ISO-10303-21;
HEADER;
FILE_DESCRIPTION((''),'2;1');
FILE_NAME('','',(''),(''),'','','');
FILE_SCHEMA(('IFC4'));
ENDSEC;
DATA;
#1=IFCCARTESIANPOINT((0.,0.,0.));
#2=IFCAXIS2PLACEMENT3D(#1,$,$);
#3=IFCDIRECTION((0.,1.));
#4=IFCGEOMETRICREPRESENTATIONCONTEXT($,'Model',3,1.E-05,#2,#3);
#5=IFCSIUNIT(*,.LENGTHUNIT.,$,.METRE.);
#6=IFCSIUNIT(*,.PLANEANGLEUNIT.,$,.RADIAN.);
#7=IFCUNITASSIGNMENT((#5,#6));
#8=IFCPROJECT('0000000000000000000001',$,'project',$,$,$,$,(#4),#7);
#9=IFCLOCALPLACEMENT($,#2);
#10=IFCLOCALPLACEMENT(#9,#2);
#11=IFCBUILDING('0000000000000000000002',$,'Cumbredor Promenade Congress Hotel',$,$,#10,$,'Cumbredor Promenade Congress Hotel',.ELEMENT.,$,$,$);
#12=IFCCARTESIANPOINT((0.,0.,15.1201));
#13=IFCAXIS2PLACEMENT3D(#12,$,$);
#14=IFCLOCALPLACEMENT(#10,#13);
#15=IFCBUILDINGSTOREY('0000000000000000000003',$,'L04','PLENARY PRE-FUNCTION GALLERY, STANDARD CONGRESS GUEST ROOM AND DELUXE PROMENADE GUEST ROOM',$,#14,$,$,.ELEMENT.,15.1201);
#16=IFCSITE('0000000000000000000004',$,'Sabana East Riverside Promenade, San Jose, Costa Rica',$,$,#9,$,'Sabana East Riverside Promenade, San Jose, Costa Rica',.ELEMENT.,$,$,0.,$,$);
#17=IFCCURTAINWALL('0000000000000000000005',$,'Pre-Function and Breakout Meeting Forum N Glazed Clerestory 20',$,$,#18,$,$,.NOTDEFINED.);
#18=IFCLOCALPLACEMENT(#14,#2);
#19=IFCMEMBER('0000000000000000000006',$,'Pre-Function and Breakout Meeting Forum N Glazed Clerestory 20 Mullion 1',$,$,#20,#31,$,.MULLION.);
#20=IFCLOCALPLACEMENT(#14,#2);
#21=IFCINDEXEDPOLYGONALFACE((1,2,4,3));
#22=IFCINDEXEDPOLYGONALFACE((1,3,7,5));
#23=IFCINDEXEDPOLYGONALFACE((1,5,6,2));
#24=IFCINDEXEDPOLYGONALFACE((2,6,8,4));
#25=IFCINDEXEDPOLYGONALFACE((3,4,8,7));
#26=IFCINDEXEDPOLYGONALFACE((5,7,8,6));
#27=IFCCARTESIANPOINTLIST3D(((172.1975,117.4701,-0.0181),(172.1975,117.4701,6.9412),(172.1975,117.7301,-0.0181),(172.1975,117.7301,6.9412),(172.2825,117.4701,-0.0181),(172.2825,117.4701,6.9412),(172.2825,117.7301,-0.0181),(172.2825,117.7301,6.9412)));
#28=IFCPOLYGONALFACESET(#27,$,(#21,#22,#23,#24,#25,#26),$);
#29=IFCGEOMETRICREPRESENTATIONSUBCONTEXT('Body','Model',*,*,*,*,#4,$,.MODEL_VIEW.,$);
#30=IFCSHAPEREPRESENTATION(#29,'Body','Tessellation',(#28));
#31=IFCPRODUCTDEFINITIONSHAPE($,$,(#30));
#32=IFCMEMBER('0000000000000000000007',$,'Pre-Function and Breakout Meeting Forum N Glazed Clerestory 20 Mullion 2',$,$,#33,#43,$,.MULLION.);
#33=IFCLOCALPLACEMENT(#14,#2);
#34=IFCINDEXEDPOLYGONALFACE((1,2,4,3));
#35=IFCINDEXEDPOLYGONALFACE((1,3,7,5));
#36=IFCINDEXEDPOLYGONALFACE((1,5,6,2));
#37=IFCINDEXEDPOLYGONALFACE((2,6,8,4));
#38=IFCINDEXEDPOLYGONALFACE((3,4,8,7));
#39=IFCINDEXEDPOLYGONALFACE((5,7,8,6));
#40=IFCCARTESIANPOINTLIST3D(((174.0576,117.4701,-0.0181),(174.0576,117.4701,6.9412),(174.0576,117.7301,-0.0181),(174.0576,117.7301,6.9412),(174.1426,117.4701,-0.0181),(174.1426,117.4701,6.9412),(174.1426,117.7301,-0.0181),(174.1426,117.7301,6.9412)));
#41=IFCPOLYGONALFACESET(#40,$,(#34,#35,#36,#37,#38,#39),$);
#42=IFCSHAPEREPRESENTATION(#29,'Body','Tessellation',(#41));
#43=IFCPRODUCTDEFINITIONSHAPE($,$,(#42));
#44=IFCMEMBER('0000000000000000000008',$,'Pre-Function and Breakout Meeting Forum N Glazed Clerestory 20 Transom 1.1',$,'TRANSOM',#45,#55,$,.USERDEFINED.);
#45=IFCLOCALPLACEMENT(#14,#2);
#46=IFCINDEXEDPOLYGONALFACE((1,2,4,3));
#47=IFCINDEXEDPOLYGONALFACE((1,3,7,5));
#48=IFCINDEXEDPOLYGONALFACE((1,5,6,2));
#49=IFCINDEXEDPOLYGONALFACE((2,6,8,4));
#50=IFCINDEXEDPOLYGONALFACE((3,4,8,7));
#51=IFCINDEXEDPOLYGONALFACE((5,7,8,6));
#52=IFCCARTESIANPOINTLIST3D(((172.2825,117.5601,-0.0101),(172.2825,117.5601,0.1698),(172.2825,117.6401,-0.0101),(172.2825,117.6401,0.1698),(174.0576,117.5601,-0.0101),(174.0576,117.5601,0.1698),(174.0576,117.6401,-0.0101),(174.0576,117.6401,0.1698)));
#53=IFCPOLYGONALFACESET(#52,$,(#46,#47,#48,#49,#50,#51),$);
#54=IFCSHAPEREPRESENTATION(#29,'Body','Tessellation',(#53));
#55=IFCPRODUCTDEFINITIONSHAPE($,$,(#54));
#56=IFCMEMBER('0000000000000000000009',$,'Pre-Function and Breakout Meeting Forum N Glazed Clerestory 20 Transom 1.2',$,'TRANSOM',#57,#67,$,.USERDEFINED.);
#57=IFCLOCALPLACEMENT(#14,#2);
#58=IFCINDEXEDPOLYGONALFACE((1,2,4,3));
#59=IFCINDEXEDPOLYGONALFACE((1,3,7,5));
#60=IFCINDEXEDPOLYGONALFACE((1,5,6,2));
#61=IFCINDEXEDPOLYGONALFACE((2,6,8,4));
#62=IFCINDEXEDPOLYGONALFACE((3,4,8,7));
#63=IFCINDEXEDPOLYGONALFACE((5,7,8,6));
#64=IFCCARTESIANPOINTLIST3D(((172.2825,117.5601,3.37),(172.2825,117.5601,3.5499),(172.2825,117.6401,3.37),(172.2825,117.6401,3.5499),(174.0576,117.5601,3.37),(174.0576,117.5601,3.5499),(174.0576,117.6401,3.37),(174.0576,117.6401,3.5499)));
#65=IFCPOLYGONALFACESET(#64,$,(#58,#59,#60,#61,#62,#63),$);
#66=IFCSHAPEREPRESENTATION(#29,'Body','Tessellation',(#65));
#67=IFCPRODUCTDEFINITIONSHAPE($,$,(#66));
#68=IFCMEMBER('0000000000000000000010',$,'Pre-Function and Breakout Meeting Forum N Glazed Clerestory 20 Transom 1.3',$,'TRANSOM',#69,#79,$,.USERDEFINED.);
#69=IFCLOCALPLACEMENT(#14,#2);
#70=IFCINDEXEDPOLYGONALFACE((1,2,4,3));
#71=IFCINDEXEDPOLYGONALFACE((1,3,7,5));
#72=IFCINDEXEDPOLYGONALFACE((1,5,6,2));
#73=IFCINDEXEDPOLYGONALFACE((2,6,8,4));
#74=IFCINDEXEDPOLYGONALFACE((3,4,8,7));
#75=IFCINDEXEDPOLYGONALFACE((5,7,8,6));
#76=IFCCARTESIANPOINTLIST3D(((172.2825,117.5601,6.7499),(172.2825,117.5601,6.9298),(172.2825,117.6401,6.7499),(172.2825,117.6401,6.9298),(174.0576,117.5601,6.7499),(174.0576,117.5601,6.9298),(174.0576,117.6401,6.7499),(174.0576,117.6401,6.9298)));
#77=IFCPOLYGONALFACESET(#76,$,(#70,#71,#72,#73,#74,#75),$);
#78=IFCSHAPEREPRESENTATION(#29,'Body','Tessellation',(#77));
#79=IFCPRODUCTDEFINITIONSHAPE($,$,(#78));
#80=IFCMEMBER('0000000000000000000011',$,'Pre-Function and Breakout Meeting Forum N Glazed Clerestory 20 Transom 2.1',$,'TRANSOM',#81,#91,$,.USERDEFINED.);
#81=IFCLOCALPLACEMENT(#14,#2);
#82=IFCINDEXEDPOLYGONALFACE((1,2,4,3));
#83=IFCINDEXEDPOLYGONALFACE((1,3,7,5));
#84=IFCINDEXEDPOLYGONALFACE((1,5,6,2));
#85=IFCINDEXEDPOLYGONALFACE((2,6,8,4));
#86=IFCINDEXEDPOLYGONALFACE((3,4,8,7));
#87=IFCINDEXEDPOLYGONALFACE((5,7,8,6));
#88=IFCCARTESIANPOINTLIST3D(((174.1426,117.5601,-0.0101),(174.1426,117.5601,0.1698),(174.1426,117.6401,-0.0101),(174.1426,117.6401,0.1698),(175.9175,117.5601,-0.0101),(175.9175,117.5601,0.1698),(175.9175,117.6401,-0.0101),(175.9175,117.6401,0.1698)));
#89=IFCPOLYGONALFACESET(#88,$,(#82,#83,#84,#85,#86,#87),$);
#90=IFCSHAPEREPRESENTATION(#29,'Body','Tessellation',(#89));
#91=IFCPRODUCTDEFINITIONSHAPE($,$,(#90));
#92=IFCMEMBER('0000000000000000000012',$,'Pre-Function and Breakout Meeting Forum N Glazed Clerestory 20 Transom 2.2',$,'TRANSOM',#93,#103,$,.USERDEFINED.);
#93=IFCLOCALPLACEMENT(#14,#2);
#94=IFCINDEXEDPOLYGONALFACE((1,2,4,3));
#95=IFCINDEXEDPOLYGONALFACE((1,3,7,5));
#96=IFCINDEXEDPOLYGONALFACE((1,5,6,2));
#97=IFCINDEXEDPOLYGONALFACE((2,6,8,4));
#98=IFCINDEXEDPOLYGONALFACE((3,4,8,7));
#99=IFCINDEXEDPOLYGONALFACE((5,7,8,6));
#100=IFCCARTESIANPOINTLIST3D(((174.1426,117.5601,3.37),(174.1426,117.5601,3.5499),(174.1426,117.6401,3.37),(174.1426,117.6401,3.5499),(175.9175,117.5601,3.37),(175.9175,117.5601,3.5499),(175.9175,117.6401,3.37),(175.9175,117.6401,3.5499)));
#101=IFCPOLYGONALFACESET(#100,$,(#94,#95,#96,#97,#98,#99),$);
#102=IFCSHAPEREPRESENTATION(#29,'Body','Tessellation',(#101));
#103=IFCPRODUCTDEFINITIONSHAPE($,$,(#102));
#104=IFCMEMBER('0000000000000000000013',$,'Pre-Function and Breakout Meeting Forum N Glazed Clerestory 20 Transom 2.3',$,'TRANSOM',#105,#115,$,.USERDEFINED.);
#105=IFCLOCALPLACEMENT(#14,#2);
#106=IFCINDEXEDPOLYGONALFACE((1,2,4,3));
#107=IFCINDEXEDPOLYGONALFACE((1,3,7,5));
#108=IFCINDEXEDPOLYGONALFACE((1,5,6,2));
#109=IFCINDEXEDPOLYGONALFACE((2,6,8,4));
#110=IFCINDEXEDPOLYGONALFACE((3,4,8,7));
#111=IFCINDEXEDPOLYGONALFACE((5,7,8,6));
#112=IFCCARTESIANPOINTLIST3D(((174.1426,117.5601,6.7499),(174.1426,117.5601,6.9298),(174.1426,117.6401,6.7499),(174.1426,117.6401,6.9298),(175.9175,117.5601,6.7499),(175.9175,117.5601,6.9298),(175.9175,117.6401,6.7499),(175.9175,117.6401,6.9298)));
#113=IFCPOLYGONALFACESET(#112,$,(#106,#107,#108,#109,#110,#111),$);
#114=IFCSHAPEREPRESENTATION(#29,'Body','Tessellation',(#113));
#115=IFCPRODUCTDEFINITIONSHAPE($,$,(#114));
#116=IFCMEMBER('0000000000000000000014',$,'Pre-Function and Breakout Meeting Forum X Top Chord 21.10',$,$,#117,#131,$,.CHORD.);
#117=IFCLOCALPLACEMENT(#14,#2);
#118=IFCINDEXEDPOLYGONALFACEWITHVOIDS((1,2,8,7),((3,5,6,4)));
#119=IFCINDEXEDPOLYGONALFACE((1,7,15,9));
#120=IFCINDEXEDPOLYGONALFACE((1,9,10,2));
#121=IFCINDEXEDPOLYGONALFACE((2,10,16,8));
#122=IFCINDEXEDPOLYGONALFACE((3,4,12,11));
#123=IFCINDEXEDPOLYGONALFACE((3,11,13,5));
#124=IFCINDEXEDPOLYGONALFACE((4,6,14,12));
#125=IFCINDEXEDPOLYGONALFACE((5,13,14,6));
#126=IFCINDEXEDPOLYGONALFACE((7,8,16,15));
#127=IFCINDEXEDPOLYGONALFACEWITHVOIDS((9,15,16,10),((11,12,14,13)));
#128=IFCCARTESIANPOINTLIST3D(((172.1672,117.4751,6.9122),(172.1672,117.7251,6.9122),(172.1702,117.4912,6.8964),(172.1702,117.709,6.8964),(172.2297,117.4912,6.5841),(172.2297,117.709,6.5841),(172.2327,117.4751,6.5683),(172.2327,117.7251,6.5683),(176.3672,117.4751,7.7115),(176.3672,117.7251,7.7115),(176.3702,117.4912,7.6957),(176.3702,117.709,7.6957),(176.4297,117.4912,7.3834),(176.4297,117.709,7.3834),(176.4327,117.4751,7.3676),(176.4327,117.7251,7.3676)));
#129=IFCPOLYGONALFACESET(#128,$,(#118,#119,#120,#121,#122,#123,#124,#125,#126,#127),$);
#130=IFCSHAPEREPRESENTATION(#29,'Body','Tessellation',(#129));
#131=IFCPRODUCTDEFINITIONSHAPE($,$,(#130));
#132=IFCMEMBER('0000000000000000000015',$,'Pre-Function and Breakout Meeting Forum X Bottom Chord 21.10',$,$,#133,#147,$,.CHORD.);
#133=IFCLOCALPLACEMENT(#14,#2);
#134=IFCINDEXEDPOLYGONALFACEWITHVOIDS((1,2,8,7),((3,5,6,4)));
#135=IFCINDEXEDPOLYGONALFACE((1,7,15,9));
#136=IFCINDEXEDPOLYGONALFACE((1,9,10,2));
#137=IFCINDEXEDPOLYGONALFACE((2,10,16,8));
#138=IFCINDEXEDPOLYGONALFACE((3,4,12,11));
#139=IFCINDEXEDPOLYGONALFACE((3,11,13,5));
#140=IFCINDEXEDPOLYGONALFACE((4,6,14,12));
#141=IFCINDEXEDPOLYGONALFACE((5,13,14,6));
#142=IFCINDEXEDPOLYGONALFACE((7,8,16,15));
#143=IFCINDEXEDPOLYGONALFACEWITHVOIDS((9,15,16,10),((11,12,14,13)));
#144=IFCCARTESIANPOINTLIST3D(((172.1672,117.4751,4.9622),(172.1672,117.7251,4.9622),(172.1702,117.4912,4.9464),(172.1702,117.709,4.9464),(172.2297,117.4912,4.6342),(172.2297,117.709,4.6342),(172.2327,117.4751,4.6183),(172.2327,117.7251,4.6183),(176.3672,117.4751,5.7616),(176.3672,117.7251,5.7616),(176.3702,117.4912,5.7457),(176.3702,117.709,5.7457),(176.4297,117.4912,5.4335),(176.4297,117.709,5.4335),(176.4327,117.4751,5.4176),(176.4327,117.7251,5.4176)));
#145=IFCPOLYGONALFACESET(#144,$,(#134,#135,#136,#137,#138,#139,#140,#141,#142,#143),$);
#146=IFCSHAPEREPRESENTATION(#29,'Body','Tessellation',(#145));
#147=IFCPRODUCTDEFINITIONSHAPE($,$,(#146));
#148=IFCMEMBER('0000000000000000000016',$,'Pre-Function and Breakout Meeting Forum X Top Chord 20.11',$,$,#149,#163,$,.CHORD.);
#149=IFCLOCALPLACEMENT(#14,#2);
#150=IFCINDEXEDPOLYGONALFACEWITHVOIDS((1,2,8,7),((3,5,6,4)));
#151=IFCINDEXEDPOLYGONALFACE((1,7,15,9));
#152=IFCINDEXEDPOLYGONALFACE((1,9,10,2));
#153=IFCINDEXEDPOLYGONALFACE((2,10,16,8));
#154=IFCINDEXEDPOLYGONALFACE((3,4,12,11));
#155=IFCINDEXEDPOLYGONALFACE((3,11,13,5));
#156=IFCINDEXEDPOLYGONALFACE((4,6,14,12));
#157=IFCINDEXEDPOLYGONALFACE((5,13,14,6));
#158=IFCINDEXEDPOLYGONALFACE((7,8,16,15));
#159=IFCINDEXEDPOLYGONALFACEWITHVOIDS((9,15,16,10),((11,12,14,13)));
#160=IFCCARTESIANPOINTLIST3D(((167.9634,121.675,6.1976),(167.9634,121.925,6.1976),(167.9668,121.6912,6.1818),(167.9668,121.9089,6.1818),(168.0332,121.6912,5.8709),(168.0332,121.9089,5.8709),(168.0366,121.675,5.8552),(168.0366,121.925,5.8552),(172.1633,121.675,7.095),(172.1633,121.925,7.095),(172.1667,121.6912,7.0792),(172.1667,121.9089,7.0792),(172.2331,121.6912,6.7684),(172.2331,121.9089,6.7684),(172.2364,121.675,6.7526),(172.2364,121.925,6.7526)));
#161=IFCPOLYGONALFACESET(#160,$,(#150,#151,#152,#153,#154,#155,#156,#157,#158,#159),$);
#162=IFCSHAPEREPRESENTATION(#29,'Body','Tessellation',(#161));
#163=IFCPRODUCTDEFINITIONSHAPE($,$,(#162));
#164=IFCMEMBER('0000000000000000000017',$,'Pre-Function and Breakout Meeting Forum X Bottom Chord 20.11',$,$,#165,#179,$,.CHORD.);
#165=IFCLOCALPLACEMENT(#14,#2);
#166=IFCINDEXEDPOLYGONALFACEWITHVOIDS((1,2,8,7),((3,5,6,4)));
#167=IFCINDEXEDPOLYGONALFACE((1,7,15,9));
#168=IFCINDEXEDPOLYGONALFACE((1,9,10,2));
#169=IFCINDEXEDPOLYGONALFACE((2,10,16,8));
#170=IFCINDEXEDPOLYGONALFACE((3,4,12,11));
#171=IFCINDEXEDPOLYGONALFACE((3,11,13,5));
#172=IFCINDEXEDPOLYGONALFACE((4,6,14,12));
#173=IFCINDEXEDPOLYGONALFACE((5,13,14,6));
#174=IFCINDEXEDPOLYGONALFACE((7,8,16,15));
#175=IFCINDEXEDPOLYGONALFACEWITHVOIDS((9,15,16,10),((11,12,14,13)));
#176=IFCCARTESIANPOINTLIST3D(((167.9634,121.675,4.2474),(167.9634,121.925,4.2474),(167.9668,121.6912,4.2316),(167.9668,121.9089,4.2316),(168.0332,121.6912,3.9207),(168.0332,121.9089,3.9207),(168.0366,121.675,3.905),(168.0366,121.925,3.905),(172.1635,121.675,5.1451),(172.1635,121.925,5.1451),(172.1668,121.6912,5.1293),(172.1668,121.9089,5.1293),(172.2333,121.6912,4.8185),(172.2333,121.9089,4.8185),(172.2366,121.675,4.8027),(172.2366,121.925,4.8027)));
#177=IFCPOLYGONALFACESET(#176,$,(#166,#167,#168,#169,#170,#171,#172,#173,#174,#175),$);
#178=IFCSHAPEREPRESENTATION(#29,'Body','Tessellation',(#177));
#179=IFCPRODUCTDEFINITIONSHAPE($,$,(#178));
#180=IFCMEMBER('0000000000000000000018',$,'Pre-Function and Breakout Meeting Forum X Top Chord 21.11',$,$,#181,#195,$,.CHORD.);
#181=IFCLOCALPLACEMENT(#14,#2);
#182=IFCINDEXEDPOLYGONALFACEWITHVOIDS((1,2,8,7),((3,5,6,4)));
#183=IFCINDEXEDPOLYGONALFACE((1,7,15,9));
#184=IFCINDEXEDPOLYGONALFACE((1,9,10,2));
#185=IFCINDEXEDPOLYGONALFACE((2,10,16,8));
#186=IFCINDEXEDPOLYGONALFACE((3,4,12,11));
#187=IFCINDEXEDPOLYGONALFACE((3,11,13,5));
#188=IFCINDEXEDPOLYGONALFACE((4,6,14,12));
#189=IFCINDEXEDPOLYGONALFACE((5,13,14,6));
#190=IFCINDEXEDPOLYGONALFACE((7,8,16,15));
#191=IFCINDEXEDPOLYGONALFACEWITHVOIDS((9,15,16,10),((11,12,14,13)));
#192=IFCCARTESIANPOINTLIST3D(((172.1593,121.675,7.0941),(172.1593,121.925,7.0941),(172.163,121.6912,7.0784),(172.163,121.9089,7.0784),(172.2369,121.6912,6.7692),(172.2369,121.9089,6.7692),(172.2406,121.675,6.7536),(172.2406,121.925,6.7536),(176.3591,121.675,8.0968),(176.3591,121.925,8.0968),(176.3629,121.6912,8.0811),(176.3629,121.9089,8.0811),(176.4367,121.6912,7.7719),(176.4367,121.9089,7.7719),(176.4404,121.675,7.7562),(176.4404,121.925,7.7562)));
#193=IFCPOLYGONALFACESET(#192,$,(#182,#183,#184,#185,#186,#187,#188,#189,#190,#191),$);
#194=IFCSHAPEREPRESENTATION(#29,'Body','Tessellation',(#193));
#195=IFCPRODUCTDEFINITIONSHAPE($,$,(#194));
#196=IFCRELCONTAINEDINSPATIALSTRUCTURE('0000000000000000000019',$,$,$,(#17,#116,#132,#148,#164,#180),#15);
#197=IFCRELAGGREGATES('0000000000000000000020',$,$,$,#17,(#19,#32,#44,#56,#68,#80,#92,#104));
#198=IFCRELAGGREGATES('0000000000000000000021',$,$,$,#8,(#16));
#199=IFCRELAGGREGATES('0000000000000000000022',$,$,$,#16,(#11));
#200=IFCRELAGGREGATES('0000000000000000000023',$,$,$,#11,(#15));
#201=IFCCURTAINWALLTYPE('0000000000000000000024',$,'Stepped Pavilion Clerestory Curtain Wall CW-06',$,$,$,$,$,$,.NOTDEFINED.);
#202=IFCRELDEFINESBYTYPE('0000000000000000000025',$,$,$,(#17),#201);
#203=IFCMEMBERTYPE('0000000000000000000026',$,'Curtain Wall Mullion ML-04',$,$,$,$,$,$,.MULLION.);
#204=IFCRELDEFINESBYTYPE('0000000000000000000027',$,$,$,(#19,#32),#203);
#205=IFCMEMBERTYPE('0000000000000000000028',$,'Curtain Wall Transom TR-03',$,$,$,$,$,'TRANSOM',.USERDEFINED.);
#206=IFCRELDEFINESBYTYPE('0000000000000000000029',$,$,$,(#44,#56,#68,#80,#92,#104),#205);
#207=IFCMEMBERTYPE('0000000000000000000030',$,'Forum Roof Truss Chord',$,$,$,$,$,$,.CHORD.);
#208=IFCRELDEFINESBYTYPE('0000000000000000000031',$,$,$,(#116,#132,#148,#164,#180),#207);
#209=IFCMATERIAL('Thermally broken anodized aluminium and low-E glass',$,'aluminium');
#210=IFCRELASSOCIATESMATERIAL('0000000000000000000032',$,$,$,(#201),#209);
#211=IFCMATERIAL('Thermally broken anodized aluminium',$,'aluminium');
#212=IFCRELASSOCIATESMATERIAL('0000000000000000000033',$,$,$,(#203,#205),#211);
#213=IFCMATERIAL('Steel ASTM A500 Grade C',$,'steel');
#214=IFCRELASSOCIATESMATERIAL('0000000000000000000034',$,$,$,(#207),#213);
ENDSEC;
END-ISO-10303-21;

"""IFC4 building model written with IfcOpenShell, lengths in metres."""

from ifc_helpers import new_model, si_unit, direction, frame, origin, origin_2d, place, context, subcontext, project, spatial, rectangle, hollow_rectangle, extrude, material, material_profile, profile_set, type_object, element, aggregate, save


model = new_model("IFC4")

# Units and contexts
model_context = context("Model", 3, precision=1e-05, world=origin(), true_north=direction((0.0, 1.0)))
body_context = subcontext(model_context, "Body", "Model", "MODEL_VIEW")
ifc_project = project(units=[si_unit("LENGTHUNIT", "METRE"), si_unit("PLANEANGLEUNIT", "RADIAN")], contexts=[model_context])

# Site, building, storey
site_placement = place(None, origin())
site = spatial("IfcSite", under=ifc_project, at=site_placement, Name="Sabana East Riverside Promenade, San Jose, Costa Rica", LongName="Sabana East Riverside Promenade, San Jose, Costa Rica", CompositionType="ELEMENT", RefElevation=0.0)
building_placement = place(site_placement, origin())
building = spatial("IfcBuilding", under=site, at=building_placement, Name="Cumbredor Promenade Congress Hotel", LongName="Cumbredor Promenade Congress Hotel", CompositionType="ELEMENT")
storey_placement = place(building_placement, frame((0.0, 0.0, 15.1201)))
storey = spatial("IfcBuildingStorey", under=building, at=storey_placement, Name="L04", Description="PLENARY PRE-FUNCTION GALLERY, STANDARD CONGRESS GUEST ROOM AND DELUXE PROMENADE GUEST ROOM", CompositionType="ELEMENT", Elevation=15.1201)

# Curtain wall, members
ifc_material_1 = material(Name="Thermally broken anodized aluminium and low-E glass", Category="aluminium")
curtain_wall_type = type_object("IfcCurtainWallType", Name="Stepped Pavilion Clerestory Curtain Wall CW-06", PredefinedType="NOTDEFINED", material=ifc_material_1)
curtain_wall_placement = place(storey_placement, origin())
curtain_wall = element("IfcCurtainWall", 1, at=curtain_wall_placement, inside=storey, type_object=curtain_wall_type, Name="Pre-Function and Breakout Meeting Forum N Glazed Clerestory 20", PredefinedType="NOTDEFINED")
ifc_material_2 = material(Name="Thermally broken anodized aluminium", Category="aluminium")
ifc_material_profile_1 = material_profile(ifc_material_2, rectangle(XDim=0.085, YDim=0.26, at=origin_2d()), Name="ALU MULLION CLERESTORY 85x260")
ifc_profile_set_1 = profile_set([ifc_material_profile_1], Name="Thermally broken anodized aluminium")
member_type_1 = type_object("IfcMemberType", Name="Curtain Wall Mullion ML-04", PredefinedType="MULLION", material=ifc_profile_set_1)
member_1_placement = place(storey_placement, frame((172.24, 117.6001, -0.0181), z_axis=(0.0, 0.0, 1.0), x_axis=(1.0, 0.0, 0.0)))
member_1 = element("IfcMember", 2, at=member_1_placement, type_object=member_type_1, Name="Pre-Function and Breakout Meeting Forum N Glazed Clerestory 20 Mullion 1", PredefinedType="MULLION", context=body_context, shape_type="SweptSolid", body=[
    extrude(rectangle(XDim=0.085, YDim=0.26, at=origin_2d()), origin(), (0.0, 0.0, 1.0), 6.9592),
])
member_2_placement = place(storey_placement, frame((174.1001, 117.6001, -0.0181), z_axis=(0.0, 0.0, 1.0), x_axis=(1.0, 0.0, 0.0)))
member_2 = element("IfcMember", 3, at=member_2_placement, type_object=member_type_1, Name="Pre-Function and Breakout Meeting Forum N Glazed Clerestory 20 Mullion 2", PredefinedType="MULLION", context=body_context, shape_type="SweptSolid", body=[
    extrude(rectangle(XDim=0.085, YDim=0.26, at=origin_2d()), origin(), (0.0, 0.0, 1.0), 6.9592),
])
ifc_material_profile_2 = material_profile(ifc_material_2, rectangle(XDim=0.0801, YDim=0.1799, at=origin_2d()), Name="ALU TRANSOM 80x180")
ifc_profile_set_2 = profile_set([ifc_material_profile_2], Name="Thermally broken anodized aluminium")
member_type_2 = type_object("IfcMemberType", Name="Curtain Wall Transom TR-03", ElementType="TRANSOM", PredefinedType="USERDEFINED", material=ifc_profile_set_2)
member_3_placement = place(storey_placement, frame((172.2825, 117.6001, 0.0798), z_axis=(1.0, 0.0, 0.0), x_axis=(0.0, 1.0, 0.0)))
member_3 = element("IfcMember", 4, at=member_3_placement, type_object=member_type_2, Name="Pre-Function and Breakout Meeting Forum N Glazed Clerestory 20 Transom 1.1", ObjectType="TRANSOM", PredefinedType="USERDEFINED", context=body_context, shape_type="SweptSolid", body=[
    extrude(rectangle(XDim=0.0801, YDim=0.1799, at=origin_2d()), origin(), (0.0, 0.0, 1.0), 1.7751),
])
member_4_placement = place(storey_placement, frame((172.2825, 117.6001, 3.46), z_axis=(1.0, 0.0, 0.0), x_axis=(0.0, 1.0, 0.0)))
member_4 = element("IfcMember", 5, at=member_4_placement, type_object=member_type_2, Name="Pre-Function and Breakout Meeting Forum N Glazed Clerestory 20 Transom 1.2", ObjectType="TRANSOM", PredefinedType="USERDEFINED", context=body_context, shape_type="SweptSolid", body=[
    extrude(rectangle(XDim=0.0801, YDim=0.1799, at=origin_2d()), origin(), (0.0, 0.0, 1.0), 1.7751),
])
member_5_placement = place(storey_placement, frame((172.2825, 117.6001, 6.8398), z_axis=(1.0, 0.0, 0.0), x_axis=(0.0, 1.0, 0.0)))
member_5 = element("IfcMember", 6, at=member_5_placement, type_object=member_type_2, Name="Pre-Function and Breakout Meeting Forum N Glazed Clerestory 20 Transom 1.3", ObjectType="TRANSOM", PredefinedType="USERDEFINED", context=body_context, shape_type="SweptSolid", body=[
    extrude(rectangle(XDim=0.0801, YDim=0.1799, at=origin_2d()), origin(), (0.0, 0.0, 1.0), 1.7751),
])
member_6_placement = place(storey_placement, frame((174.1426, 117.6001, 0.0798), z_axis=(1.0, 0.0, 0.0), x_axis=(0.0, 1.0, 0.0)))
member_6 = element("IfcMember", 7, at=member_6_placement, type_object=member_type_2, Name="Pre-Function and Breakout Meeting Forum N Glazed Clerestory 20 Transom 2.1", ObjectType="TRANSOM", PredefinedType="USERDEFINED", context=body_context, shape_type="SweptSolid", body=[
    extrude(rectangle(XDim=0.0801, YDim=0.1799, at=origin_2d()), origin(), (0.0, 0.0, 1.0), 1.7749),
])
member_7_placement = place(storey_placement, frame((174.1426, 117.6001, 3.46), z_axis=(1.0, 0.0, 0.0), x_axis=(0.0, 1.0, 0.0)))
member_7 = element("IfcMember", 8, at=member_7_placement, type_object=member_type_2, Name="Pre-Function and Breakout Meeting Forum N Glazed Clerestory 20 Transom 2.2", ObjectType="TRANSOM", PredefinedType="USERDEFINED", context=body_context, shape_type="SweptSolid", body=[
    extrude(rectangle(XDim=0.0801, YDim=0.1799, at=origin_2d()), origin(), (0.0, 0.0, 1.0), 1.7749),
])
member_8_placement = place(storey_placement, frame((174.1426, 117.6001, 6.8398), z_axis=(1.0, 0.0, 0.0), x_axis=(0.0, 1.0, 0.0)))
member_8 = element("IfcMember", 9, at=member_8_placement, type_object=member_type_2, Name="Pre-Function and Breakout Meeting Forum N Glazed Clerestory 20 Transom 2.3", ObjectType="TRANSOM", PredefinedType="USERDEFINED", context=body_context, shape_type="SweptSolid", body=[
    extrude(rectangle(XDim=0.0801, YDim=0.1799, at=origin_2d()), origin(), (0.0, 0.0, 1.0), 1.7749),
])

# Members
ifc_material_3 = material(Name="Steel ASTM A500 Grade C", Category="steel")
ifc_material_profile_3 = material_profile(ifc_material_3, hollow_rectangle(XDim=0.25, YDim=0.3501, WallThickness=0.0161, at=origin_2d()), Name="HSS 350x250x16")
ifc_profile_set_3 = profile_set([ifc_material_profile_3], Name="Steel ASTM A500 Grade C")
member_type_3 = type_object("IfcMemberType", Name="Forum Roof Truss Chord", PredefinedType="CHORD", material=ifc_profile_set_3)
for number, where, z_axis, x_axis, name in (
    (10, (172.2, 117.6001, 6.7402), (0.982368, 0.0, 0.18696), (0.0, 1.0, 0.0), "Pre-Function and Breakout Meeting Forum X Top Chord 21.10"),
    (11, (172.2, 117.6001, 4.7903), (0.982368, 0.0, 0.18696), (0.0, 1.0, 0.0), "Pre-Function and Breakout Meeting Forum X Bottom Chord 21.10"),
):
    element("IfcMember", number, at=place(storey_placement, frame(where, z_axis=z_axis, x_axis=x_axis)), inside=storey, type_object=member_type_3, Name=name, PredefinedType="CHORD", context=body_context, shape_type="SweptSolid", body=[
        extrude(hollow_rectangle(XDim=0.25, YDim=0.3501, WallThickness=0.0161, at=origin_2d()), origin(), (0.0, 0.0, 1.0), 4.2754),
    ])
member_9_placement = place(storey_placement, frame((168.0, 121.8, 6.0264), z_axis=(0.977923, 0.0, 0.208966), x_axis=(0.0, 1.0, 0.0)))
element("IfcMember", 12, at=member_9_placement, inside=storey, type_object=member_type_3, Name="Pre-Function and Breakout Meeting Forum X Top Chord 20.11", PredefinedType="CHORD", context=body_context, shape_type="SweptSolid", body=[
    extrude(hollow_rectangle(XDim=0.25, YDim=0.3501, WallThickness=0.0161, at=origin_2d()), origin(), (0.0, 0.0, 1.0), 4.2947),
])
member_10_placement = place(storey_placement, frame((168.0, 121.8, 4.0762), z_axis=(0.977911, 0.0, 0.209021), x_axis=(0.0, 1.0, 0.0)))
element("IfcMember", 13, at=member_10_placement, inside=storey, type_object=member_type_3, Name="Pre-Function and Breakout Meeting Forum X Bottom Chord 20.11", PredefinedType="CHORD", context=body_context, shape_type="SweptSolid", body=[
    extrude(hollow_rectangle(XDim=0.25, YDim=0.3501, WallThickness=0.0161, at=origin_2d()), origin(), (0.0, 0.0, 1.0), 4.2949),
])
for number, where, z_axis, x_axis, name in (
    (14, (172.2, 121.8, 6.9238), (0.972665, 0.0, 0.232212), (0.0, 1.0, 0.0), "Pre-Function and Breakout Meeting Forum X Top Chord 21.11"),
):
    element("IfcMember", number, at=place(storey_placement, frame(where, z_axis=z_axis, x_axis=x_axis)), inside=storey, type_object=member_type_3, Name=name, PredefinedType="CHORD", context=body_context, shape_type="SweptSolid", body=[
        extrude(hollow_rectangle(XDim=0.25, YDim=0.3501, WallThickness=0.0161, at=origin_2d()), origin(), (0.0, 0.0, 1.0), 4.3179),
    ])

aggregate(curtain_wall, [member_1, member_2, member_3, member_4, member_5, member_6, member_7, member_8])

save(model, "model.ifc")
